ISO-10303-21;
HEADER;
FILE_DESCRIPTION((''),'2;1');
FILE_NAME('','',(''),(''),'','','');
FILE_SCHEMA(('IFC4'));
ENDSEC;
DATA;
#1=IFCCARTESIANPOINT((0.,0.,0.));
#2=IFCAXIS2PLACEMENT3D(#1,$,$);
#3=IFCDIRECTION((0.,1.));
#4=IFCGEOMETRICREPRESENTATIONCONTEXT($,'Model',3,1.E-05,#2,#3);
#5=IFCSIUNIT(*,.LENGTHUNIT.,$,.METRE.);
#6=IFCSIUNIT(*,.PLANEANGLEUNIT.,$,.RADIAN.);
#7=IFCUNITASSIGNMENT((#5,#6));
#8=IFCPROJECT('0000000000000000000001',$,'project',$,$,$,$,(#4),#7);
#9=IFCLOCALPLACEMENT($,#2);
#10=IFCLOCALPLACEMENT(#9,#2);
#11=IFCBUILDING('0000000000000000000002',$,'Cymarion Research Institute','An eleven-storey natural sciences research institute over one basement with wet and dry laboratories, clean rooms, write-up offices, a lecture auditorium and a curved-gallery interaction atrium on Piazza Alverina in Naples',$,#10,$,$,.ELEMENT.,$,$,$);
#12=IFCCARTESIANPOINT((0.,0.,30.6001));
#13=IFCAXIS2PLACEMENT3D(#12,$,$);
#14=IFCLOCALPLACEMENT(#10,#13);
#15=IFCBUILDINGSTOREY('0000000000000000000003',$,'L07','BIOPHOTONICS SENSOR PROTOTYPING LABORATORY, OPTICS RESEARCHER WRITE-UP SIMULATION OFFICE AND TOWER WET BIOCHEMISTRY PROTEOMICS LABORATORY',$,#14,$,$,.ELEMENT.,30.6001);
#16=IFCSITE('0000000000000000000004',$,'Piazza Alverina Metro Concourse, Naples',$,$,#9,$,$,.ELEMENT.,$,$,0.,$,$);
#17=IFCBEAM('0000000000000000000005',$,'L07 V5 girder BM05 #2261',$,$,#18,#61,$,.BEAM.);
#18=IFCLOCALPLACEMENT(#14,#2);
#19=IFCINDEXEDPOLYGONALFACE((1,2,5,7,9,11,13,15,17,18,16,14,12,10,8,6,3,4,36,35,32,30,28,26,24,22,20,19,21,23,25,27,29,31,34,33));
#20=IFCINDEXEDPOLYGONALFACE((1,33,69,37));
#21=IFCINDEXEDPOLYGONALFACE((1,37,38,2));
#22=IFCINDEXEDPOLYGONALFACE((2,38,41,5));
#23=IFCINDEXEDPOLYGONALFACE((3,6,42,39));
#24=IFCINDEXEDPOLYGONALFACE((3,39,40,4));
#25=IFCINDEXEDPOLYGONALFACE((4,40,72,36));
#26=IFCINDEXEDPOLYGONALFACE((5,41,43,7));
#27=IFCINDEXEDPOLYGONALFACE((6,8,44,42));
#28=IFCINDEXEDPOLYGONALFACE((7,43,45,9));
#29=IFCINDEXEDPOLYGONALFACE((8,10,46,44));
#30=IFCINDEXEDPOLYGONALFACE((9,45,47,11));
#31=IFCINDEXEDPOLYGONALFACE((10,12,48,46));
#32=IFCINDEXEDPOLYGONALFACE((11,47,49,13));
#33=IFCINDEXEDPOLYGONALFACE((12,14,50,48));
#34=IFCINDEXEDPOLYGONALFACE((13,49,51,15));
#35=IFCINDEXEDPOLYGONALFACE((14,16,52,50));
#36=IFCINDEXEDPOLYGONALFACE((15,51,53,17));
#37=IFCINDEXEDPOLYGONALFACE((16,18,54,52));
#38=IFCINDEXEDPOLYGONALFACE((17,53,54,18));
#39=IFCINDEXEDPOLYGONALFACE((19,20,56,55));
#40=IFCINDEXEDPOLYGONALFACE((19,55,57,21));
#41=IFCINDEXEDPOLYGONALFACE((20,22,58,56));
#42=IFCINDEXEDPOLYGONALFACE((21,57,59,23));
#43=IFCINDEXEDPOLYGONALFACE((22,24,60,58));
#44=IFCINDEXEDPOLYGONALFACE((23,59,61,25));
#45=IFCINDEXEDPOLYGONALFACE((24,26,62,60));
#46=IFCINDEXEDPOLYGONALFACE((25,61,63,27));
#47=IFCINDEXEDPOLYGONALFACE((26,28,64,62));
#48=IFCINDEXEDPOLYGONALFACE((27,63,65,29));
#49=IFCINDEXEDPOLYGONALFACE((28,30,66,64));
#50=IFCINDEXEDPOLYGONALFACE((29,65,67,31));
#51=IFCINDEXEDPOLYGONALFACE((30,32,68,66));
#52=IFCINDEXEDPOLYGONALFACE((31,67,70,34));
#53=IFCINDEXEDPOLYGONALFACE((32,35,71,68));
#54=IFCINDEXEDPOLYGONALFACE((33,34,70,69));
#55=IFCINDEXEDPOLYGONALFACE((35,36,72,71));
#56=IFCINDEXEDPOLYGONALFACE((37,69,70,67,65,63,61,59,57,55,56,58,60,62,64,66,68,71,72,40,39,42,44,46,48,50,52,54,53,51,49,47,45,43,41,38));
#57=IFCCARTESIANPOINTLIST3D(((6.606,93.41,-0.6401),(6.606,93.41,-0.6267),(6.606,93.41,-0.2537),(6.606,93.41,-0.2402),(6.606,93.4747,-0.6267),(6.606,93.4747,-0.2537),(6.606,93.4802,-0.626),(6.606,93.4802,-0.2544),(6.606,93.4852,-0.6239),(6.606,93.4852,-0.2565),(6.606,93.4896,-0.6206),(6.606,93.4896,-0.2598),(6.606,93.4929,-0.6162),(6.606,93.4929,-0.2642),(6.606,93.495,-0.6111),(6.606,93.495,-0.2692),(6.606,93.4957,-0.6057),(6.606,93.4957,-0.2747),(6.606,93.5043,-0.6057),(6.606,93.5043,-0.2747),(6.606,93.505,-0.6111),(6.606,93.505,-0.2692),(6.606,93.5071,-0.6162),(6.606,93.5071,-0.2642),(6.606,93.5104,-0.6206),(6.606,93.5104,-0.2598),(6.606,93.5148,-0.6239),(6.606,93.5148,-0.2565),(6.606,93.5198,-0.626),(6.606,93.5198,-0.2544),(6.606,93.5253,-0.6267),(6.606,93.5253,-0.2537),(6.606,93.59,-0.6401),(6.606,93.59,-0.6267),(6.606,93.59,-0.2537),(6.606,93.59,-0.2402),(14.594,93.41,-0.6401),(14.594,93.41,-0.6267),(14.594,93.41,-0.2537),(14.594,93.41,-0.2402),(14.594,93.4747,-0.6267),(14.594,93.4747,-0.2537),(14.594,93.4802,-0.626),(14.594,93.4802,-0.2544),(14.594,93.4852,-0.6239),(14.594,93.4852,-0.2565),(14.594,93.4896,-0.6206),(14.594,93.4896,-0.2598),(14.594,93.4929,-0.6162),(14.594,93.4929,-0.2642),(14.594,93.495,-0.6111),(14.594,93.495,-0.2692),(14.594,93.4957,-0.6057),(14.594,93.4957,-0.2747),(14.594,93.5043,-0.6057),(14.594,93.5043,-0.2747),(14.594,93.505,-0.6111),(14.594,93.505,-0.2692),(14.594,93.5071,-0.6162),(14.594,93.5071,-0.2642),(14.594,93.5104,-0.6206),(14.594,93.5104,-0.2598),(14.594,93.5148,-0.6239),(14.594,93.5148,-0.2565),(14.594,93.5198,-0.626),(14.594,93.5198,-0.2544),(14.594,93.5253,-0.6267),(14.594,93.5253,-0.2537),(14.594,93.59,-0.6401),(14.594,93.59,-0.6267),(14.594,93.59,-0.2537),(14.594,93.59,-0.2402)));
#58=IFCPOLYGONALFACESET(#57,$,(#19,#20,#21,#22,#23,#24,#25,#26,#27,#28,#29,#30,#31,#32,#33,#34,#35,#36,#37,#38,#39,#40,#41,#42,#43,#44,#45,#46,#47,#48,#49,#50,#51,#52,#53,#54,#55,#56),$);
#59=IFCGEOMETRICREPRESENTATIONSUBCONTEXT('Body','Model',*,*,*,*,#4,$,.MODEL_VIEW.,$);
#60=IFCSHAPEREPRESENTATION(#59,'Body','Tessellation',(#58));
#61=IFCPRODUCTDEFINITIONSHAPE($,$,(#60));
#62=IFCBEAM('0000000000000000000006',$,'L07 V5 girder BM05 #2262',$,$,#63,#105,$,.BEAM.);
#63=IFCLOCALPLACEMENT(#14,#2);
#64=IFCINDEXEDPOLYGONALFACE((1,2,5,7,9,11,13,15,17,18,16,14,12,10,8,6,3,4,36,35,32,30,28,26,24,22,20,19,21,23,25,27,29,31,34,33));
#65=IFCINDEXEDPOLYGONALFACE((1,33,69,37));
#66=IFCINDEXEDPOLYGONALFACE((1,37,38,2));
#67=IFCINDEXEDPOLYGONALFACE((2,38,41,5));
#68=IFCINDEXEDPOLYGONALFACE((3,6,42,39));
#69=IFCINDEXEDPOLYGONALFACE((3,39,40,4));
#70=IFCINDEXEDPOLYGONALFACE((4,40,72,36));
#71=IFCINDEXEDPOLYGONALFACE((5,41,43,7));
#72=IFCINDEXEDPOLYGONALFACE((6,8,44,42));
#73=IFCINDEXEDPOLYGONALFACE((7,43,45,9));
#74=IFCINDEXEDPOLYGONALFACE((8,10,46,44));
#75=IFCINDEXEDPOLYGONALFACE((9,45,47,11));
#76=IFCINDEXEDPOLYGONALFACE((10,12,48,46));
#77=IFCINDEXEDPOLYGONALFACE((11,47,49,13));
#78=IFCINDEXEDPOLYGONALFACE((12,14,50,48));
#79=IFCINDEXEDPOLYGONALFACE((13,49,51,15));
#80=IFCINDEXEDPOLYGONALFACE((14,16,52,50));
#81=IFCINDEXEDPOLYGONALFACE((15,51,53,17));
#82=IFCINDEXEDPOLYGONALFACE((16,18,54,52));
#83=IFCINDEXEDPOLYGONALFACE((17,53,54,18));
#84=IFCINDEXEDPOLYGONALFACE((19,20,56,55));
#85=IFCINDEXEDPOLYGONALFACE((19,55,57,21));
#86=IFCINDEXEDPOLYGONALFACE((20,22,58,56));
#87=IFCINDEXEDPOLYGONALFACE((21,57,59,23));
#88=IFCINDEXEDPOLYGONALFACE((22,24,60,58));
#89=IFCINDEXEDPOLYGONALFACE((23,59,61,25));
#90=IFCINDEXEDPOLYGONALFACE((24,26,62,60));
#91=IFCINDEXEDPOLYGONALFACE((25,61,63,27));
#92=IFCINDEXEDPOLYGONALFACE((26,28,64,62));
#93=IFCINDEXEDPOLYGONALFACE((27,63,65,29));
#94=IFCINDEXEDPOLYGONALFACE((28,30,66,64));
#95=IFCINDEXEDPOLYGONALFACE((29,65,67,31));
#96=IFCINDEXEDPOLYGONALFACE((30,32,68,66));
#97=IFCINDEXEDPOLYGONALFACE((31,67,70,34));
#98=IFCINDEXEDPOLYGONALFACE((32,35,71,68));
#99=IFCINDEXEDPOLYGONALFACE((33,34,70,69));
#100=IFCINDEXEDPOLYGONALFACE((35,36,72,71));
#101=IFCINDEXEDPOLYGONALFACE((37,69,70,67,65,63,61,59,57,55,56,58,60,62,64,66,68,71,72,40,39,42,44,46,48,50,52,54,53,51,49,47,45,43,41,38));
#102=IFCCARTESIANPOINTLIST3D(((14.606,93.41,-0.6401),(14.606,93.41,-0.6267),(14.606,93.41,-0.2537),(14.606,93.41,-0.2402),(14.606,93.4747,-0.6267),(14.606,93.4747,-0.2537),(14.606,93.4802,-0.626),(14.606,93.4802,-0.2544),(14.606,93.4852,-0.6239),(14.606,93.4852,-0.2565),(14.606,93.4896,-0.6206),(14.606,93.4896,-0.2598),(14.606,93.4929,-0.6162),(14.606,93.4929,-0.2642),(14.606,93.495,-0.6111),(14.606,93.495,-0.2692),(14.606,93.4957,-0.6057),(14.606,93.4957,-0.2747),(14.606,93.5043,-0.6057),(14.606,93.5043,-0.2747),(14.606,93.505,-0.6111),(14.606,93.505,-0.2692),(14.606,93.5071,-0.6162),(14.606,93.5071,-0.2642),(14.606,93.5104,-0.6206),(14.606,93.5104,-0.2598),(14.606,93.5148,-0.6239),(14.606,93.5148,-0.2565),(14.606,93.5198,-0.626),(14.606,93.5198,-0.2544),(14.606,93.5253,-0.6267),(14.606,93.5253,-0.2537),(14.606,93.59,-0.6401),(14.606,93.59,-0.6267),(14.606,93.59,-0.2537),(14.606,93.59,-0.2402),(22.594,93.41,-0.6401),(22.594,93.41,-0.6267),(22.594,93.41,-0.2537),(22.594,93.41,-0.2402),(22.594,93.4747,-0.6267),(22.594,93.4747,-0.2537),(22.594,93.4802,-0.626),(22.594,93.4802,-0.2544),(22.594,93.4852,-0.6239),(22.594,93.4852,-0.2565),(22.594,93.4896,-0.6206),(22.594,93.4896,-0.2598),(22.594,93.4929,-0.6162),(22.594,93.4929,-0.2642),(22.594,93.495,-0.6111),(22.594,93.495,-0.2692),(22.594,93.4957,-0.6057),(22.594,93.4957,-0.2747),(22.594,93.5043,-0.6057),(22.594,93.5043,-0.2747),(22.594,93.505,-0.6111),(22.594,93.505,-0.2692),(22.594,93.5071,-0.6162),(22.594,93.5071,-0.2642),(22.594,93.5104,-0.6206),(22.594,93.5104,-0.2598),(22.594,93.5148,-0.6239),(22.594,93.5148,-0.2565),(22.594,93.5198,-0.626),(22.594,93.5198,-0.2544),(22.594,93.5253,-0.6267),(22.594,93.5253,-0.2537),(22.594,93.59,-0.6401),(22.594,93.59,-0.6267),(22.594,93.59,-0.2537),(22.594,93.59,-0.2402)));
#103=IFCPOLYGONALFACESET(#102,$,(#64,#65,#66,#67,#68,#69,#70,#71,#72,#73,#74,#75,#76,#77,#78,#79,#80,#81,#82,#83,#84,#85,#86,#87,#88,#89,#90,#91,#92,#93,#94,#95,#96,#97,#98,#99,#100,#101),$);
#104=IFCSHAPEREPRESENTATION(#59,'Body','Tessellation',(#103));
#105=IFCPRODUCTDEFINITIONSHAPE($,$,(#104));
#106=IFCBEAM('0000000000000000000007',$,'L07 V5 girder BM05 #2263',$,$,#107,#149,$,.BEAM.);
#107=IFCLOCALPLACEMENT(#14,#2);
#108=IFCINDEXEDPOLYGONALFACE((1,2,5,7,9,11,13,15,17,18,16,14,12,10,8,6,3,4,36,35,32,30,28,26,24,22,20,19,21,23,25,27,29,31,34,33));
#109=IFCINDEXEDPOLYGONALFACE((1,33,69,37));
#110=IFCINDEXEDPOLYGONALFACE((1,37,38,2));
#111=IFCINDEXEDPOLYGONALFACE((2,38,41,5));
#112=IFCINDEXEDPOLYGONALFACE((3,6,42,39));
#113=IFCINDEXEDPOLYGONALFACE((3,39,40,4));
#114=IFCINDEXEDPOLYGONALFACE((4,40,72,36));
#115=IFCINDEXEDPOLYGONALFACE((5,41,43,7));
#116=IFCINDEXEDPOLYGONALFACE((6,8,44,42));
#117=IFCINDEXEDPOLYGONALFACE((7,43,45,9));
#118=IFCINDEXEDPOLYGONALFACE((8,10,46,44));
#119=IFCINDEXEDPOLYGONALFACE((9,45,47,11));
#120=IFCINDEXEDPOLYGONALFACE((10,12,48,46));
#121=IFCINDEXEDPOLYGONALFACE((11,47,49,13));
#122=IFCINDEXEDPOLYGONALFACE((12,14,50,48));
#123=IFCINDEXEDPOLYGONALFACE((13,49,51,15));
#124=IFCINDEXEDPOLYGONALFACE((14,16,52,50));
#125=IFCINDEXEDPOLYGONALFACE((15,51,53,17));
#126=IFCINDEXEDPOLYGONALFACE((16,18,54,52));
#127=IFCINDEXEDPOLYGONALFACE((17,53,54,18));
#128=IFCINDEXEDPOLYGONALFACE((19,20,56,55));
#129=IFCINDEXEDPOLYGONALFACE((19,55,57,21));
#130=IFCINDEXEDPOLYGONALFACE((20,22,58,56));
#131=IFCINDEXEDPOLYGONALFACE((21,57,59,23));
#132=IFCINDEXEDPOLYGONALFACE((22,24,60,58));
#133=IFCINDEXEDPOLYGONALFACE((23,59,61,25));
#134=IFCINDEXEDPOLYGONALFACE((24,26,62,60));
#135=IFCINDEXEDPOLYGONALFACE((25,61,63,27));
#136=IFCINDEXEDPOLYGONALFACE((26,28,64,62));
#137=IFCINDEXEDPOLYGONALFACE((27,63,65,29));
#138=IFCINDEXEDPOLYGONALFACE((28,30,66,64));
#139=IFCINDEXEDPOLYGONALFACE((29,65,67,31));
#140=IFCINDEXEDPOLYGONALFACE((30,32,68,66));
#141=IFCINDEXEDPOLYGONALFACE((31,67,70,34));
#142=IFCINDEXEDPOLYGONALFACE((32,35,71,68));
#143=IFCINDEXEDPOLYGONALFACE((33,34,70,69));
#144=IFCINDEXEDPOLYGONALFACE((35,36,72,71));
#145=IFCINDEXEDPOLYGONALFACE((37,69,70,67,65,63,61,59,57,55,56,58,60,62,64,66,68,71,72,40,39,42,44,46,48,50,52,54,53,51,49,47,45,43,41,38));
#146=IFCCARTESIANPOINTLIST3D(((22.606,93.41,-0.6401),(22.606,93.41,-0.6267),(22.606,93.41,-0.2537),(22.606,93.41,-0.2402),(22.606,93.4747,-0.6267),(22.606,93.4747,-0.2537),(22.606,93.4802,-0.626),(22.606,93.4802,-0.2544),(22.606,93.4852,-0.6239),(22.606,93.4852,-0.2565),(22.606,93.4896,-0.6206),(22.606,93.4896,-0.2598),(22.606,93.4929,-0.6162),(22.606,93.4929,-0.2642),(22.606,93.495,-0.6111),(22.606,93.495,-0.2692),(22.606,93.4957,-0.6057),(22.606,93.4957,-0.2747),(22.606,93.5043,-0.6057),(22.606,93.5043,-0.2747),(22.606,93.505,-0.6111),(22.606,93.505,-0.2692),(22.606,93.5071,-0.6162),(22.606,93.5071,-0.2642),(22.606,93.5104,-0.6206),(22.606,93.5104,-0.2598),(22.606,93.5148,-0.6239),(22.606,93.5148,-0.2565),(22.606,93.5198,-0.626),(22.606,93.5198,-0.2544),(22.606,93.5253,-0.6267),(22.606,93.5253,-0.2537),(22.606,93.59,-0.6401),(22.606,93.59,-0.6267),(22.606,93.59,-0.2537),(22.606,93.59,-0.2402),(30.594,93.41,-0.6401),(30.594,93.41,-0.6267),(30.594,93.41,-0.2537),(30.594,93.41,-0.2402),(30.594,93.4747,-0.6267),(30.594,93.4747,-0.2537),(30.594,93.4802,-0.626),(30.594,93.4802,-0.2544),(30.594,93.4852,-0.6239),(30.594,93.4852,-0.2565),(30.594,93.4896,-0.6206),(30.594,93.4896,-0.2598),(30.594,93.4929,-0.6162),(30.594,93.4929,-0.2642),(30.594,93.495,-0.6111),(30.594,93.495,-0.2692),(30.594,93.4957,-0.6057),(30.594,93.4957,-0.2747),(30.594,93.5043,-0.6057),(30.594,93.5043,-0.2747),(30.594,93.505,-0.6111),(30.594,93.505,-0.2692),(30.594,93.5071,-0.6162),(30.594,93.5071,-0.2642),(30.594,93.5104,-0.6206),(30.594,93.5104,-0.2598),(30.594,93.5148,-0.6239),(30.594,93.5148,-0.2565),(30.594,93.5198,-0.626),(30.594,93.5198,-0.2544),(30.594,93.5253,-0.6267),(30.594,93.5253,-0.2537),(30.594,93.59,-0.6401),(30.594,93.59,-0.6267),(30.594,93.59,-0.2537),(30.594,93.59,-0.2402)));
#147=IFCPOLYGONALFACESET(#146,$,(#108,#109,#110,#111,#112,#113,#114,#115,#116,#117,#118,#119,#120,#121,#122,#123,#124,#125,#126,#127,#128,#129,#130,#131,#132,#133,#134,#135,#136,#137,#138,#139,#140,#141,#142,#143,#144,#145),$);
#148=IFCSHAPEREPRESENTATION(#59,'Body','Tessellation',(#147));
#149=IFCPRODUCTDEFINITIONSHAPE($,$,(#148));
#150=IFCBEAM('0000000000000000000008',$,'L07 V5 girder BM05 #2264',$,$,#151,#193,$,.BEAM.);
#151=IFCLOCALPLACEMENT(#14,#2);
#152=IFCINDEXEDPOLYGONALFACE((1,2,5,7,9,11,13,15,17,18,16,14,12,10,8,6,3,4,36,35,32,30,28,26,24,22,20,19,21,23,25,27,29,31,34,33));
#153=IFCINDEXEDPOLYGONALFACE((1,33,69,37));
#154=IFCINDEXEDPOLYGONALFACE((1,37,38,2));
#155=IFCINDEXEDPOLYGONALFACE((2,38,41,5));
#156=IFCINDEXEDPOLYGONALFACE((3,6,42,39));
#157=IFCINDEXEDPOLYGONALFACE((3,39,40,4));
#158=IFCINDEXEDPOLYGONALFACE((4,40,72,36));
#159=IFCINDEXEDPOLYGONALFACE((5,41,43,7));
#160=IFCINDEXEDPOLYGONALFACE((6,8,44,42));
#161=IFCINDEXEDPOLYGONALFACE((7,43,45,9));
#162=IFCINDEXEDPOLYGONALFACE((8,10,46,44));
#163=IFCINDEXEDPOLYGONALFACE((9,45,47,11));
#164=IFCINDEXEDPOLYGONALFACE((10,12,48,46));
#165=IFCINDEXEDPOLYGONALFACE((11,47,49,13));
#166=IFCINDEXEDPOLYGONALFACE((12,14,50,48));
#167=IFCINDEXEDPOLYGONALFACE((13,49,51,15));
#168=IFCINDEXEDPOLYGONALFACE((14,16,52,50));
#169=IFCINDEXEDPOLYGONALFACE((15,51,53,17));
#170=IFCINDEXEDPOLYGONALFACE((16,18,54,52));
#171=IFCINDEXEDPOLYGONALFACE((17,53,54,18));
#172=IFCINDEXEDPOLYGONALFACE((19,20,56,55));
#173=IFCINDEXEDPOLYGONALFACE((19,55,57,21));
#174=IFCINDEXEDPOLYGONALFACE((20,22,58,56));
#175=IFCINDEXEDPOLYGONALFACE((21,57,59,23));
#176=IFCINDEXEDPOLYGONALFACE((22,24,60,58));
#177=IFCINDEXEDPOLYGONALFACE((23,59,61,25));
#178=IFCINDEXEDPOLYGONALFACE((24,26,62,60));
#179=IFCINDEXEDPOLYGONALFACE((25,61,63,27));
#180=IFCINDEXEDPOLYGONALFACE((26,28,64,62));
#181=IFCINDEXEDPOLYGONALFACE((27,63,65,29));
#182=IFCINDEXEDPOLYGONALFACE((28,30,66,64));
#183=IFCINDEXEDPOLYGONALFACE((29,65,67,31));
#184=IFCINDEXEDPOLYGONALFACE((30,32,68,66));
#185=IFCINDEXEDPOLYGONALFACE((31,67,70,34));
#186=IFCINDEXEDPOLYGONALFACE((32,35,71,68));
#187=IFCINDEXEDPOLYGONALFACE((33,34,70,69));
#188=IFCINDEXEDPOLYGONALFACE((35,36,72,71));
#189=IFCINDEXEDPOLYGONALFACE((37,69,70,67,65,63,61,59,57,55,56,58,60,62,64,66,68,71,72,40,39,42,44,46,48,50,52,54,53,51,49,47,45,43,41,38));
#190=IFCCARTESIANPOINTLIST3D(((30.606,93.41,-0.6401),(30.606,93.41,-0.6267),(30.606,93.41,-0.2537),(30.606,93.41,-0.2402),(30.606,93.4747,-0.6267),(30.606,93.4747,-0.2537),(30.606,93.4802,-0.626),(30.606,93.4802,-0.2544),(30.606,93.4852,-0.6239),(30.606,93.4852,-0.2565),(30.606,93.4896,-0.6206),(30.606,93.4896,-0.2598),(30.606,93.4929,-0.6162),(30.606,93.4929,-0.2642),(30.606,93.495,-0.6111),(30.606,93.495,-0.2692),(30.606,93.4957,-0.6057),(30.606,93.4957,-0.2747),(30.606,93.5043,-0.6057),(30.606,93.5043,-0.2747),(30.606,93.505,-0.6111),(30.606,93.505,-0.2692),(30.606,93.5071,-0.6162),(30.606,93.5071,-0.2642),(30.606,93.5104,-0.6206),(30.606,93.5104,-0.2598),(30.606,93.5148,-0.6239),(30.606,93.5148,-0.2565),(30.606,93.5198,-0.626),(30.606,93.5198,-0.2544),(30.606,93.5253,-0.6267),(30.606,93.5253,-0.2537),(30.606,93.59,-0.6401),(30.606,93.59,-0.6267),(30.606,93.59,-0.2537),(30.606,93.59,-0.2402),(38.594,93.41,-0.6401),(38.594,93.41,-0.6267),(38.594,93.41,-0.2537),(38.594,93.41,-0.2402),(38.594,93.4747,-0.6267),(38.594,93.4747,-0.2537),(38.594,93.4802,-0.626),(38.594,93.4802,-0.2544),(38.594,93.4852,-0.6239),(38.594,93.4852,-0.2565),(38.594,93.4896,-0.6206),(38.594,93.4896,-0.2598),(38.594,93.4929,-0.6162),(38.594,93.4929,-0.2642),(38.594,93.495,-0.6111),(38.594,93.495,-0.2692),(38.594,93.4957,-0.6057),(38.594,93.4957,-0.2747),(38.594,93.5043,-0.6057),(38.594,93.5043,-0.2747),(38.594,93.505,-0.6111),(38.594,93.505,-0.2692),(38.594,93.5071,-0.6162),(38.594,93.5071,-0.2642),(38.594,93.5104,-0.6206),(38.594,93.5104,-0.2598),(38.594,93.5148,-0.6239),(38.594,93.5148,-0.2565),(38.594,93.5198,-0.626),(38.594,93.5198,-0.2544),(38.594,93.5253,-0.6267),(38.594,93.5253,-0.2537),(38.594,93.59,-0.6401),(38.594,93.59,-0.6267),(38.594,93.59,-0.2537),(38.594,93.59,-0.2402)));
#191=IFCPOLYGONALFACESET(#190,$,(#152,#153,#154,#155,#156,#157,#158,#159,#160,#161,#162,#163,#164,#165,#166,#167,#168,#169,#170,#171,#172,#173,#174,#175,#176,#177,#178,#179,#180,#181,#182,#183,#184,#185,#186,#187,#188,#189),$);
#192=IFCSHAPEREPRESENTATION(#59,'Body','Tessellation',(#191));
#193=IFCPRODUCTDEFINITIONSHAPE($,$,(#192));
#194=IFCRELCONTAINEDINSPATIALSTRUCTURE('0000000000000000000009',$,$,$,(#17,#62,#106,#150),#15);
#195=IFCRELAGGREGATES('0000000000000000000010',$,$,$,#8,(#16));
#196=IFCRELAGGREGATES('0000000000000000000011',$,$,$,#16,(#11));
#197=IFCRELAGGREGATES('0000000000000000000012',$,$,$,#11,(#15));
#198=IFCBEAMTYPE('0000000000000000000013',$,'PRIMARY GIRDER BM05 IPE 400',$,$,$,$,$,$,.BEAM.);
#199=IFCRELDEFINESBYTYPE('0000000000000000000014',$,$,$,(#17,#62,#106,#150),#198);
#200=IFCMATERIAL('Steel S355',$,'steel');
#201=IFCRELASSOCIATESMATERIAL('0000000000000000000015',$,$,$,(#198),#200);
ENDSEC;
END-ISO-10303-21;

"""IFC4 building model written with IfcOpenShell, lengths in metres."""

from ifc_helpers import new_model, si_unit, direction, frame, origin, origin_2d, place, context, subcontext, project, spatial, i_section, extrude, material, material_profile, profile_set, type_object, element, save


model = new_model("IFC4")

# Units and contexts
model_context = context("Model", 3, precision=1e-05, world=origin(), true_north=direction((0.0, 1.0)))
body_context = subcontext(model_context, "Body", "Model", "MODEL_VIEW")
ifc_project = project(units=[si_unit("LENGTHUNIT", "METRE"), si_unit("PLANEANGLEUNIT", "RADIAN")], contexts=[model_context])

# Site, building, storey
site_placement = place(None, origin())
site = spatial("IfcSite", under=ifc_project, at=site_placement, Name="Piazza Alverina Metro Concourse, Naples", CompositionType="ELEMENT", RefElevation=0.0)
building_placement = place(site_placement, origin())
building = spatial("IfcBuilding", under=site, at=building_placement, Name="Cymarion Research Institute", Description="An eleven-storey natural sciences research institute over one basement with wet and dry laboratories, clean rooms, write-up offices, a lecture auditorium and a curved-gallery interaction atrium on Piazza Alverina in Naples", CompositionType="ELEMENT")
storey_placement = place(building_placement, frame((0.0, 0.0, 30.6001)))
storey = spatial("IfcBuildingStorey", under=building, at=storey_placement, Name="L07", Description="BIOPHOTONICS SENSOR PROTOTYPING LABORATORY, OPTICS RESEARCHER WRITE-UP SIMULATION OFFICE AND TOWER WET BIOCHEMISTRY PROTEOMICS LABORATORY", CompositionType="ELEMENT", Elevation=30.6001)

# Beams
ifc_material_1 = material(Name="Steel S355", Category="steel")
ifc_material_profile_1 = material_profile(ifc_material_1, i_section(OverallWidth=0.1799, OverallDepth=0.3999, WebThickness=0.0085, FlangeThickness=0.0134, FilletRadius=0.021, at=origin_2d()), Name="IPE 400")
ifc_profile_set_1 = profile_set([ifc_material_profile_1], Name="Steel S355")
beam_type_1 = type_object("IfcBeamType", Name="PRIMARY GIRDER BM05 IPE 400", PredefinedType="BEAM", material=ifc_profile_set_1)
for number, where, z_axis, x_axis, name in (
    (1, (6.606, 93.5, -0.4402), (1.0, 0.0, 0.0), (0.0, 1.0, 0.0), "L07 V5 girder BM05 #2261"),
    (2, (14.606, 93.5, -0.4402), (1.0, 0.0, 0.0), (0.0, 1.0, 0.0), "L07 V5 girder BM05 #2262"),
    (3, (22.606, 93.5, -0.4402), (1.0, 0.0, 0.0), (0.0, 1.0, 0.0), "L07 V5 girder BM05 #2263"),
    (4, (30.606, 93.5, -0.4402), (1.0, 0.0, 0.0), (0.0, 1.0, 0.0), "L07 V5 girder BM05 #2264"),
):
    element("IfcBeam", number, at=place(storey_placement, frame(where, z_axis=z_axis, x_axis=x_axis)), inside=storey, type_object=beam_type_1, Name=name, PredefinedType="BEAM", context=body_context, shape_type="SweptSolid", body=[
        extrude(i_section(OverallWidth=0.1799, OverallDepth=0.3999, WebThickness=0.0085, FlangeThickness=0.0134, FilletRadius=0.021, at=origin_2d()), origin(), (0.0, 0.0, 1.0), 7.988),
    ])

save(model, "model.ifc")
